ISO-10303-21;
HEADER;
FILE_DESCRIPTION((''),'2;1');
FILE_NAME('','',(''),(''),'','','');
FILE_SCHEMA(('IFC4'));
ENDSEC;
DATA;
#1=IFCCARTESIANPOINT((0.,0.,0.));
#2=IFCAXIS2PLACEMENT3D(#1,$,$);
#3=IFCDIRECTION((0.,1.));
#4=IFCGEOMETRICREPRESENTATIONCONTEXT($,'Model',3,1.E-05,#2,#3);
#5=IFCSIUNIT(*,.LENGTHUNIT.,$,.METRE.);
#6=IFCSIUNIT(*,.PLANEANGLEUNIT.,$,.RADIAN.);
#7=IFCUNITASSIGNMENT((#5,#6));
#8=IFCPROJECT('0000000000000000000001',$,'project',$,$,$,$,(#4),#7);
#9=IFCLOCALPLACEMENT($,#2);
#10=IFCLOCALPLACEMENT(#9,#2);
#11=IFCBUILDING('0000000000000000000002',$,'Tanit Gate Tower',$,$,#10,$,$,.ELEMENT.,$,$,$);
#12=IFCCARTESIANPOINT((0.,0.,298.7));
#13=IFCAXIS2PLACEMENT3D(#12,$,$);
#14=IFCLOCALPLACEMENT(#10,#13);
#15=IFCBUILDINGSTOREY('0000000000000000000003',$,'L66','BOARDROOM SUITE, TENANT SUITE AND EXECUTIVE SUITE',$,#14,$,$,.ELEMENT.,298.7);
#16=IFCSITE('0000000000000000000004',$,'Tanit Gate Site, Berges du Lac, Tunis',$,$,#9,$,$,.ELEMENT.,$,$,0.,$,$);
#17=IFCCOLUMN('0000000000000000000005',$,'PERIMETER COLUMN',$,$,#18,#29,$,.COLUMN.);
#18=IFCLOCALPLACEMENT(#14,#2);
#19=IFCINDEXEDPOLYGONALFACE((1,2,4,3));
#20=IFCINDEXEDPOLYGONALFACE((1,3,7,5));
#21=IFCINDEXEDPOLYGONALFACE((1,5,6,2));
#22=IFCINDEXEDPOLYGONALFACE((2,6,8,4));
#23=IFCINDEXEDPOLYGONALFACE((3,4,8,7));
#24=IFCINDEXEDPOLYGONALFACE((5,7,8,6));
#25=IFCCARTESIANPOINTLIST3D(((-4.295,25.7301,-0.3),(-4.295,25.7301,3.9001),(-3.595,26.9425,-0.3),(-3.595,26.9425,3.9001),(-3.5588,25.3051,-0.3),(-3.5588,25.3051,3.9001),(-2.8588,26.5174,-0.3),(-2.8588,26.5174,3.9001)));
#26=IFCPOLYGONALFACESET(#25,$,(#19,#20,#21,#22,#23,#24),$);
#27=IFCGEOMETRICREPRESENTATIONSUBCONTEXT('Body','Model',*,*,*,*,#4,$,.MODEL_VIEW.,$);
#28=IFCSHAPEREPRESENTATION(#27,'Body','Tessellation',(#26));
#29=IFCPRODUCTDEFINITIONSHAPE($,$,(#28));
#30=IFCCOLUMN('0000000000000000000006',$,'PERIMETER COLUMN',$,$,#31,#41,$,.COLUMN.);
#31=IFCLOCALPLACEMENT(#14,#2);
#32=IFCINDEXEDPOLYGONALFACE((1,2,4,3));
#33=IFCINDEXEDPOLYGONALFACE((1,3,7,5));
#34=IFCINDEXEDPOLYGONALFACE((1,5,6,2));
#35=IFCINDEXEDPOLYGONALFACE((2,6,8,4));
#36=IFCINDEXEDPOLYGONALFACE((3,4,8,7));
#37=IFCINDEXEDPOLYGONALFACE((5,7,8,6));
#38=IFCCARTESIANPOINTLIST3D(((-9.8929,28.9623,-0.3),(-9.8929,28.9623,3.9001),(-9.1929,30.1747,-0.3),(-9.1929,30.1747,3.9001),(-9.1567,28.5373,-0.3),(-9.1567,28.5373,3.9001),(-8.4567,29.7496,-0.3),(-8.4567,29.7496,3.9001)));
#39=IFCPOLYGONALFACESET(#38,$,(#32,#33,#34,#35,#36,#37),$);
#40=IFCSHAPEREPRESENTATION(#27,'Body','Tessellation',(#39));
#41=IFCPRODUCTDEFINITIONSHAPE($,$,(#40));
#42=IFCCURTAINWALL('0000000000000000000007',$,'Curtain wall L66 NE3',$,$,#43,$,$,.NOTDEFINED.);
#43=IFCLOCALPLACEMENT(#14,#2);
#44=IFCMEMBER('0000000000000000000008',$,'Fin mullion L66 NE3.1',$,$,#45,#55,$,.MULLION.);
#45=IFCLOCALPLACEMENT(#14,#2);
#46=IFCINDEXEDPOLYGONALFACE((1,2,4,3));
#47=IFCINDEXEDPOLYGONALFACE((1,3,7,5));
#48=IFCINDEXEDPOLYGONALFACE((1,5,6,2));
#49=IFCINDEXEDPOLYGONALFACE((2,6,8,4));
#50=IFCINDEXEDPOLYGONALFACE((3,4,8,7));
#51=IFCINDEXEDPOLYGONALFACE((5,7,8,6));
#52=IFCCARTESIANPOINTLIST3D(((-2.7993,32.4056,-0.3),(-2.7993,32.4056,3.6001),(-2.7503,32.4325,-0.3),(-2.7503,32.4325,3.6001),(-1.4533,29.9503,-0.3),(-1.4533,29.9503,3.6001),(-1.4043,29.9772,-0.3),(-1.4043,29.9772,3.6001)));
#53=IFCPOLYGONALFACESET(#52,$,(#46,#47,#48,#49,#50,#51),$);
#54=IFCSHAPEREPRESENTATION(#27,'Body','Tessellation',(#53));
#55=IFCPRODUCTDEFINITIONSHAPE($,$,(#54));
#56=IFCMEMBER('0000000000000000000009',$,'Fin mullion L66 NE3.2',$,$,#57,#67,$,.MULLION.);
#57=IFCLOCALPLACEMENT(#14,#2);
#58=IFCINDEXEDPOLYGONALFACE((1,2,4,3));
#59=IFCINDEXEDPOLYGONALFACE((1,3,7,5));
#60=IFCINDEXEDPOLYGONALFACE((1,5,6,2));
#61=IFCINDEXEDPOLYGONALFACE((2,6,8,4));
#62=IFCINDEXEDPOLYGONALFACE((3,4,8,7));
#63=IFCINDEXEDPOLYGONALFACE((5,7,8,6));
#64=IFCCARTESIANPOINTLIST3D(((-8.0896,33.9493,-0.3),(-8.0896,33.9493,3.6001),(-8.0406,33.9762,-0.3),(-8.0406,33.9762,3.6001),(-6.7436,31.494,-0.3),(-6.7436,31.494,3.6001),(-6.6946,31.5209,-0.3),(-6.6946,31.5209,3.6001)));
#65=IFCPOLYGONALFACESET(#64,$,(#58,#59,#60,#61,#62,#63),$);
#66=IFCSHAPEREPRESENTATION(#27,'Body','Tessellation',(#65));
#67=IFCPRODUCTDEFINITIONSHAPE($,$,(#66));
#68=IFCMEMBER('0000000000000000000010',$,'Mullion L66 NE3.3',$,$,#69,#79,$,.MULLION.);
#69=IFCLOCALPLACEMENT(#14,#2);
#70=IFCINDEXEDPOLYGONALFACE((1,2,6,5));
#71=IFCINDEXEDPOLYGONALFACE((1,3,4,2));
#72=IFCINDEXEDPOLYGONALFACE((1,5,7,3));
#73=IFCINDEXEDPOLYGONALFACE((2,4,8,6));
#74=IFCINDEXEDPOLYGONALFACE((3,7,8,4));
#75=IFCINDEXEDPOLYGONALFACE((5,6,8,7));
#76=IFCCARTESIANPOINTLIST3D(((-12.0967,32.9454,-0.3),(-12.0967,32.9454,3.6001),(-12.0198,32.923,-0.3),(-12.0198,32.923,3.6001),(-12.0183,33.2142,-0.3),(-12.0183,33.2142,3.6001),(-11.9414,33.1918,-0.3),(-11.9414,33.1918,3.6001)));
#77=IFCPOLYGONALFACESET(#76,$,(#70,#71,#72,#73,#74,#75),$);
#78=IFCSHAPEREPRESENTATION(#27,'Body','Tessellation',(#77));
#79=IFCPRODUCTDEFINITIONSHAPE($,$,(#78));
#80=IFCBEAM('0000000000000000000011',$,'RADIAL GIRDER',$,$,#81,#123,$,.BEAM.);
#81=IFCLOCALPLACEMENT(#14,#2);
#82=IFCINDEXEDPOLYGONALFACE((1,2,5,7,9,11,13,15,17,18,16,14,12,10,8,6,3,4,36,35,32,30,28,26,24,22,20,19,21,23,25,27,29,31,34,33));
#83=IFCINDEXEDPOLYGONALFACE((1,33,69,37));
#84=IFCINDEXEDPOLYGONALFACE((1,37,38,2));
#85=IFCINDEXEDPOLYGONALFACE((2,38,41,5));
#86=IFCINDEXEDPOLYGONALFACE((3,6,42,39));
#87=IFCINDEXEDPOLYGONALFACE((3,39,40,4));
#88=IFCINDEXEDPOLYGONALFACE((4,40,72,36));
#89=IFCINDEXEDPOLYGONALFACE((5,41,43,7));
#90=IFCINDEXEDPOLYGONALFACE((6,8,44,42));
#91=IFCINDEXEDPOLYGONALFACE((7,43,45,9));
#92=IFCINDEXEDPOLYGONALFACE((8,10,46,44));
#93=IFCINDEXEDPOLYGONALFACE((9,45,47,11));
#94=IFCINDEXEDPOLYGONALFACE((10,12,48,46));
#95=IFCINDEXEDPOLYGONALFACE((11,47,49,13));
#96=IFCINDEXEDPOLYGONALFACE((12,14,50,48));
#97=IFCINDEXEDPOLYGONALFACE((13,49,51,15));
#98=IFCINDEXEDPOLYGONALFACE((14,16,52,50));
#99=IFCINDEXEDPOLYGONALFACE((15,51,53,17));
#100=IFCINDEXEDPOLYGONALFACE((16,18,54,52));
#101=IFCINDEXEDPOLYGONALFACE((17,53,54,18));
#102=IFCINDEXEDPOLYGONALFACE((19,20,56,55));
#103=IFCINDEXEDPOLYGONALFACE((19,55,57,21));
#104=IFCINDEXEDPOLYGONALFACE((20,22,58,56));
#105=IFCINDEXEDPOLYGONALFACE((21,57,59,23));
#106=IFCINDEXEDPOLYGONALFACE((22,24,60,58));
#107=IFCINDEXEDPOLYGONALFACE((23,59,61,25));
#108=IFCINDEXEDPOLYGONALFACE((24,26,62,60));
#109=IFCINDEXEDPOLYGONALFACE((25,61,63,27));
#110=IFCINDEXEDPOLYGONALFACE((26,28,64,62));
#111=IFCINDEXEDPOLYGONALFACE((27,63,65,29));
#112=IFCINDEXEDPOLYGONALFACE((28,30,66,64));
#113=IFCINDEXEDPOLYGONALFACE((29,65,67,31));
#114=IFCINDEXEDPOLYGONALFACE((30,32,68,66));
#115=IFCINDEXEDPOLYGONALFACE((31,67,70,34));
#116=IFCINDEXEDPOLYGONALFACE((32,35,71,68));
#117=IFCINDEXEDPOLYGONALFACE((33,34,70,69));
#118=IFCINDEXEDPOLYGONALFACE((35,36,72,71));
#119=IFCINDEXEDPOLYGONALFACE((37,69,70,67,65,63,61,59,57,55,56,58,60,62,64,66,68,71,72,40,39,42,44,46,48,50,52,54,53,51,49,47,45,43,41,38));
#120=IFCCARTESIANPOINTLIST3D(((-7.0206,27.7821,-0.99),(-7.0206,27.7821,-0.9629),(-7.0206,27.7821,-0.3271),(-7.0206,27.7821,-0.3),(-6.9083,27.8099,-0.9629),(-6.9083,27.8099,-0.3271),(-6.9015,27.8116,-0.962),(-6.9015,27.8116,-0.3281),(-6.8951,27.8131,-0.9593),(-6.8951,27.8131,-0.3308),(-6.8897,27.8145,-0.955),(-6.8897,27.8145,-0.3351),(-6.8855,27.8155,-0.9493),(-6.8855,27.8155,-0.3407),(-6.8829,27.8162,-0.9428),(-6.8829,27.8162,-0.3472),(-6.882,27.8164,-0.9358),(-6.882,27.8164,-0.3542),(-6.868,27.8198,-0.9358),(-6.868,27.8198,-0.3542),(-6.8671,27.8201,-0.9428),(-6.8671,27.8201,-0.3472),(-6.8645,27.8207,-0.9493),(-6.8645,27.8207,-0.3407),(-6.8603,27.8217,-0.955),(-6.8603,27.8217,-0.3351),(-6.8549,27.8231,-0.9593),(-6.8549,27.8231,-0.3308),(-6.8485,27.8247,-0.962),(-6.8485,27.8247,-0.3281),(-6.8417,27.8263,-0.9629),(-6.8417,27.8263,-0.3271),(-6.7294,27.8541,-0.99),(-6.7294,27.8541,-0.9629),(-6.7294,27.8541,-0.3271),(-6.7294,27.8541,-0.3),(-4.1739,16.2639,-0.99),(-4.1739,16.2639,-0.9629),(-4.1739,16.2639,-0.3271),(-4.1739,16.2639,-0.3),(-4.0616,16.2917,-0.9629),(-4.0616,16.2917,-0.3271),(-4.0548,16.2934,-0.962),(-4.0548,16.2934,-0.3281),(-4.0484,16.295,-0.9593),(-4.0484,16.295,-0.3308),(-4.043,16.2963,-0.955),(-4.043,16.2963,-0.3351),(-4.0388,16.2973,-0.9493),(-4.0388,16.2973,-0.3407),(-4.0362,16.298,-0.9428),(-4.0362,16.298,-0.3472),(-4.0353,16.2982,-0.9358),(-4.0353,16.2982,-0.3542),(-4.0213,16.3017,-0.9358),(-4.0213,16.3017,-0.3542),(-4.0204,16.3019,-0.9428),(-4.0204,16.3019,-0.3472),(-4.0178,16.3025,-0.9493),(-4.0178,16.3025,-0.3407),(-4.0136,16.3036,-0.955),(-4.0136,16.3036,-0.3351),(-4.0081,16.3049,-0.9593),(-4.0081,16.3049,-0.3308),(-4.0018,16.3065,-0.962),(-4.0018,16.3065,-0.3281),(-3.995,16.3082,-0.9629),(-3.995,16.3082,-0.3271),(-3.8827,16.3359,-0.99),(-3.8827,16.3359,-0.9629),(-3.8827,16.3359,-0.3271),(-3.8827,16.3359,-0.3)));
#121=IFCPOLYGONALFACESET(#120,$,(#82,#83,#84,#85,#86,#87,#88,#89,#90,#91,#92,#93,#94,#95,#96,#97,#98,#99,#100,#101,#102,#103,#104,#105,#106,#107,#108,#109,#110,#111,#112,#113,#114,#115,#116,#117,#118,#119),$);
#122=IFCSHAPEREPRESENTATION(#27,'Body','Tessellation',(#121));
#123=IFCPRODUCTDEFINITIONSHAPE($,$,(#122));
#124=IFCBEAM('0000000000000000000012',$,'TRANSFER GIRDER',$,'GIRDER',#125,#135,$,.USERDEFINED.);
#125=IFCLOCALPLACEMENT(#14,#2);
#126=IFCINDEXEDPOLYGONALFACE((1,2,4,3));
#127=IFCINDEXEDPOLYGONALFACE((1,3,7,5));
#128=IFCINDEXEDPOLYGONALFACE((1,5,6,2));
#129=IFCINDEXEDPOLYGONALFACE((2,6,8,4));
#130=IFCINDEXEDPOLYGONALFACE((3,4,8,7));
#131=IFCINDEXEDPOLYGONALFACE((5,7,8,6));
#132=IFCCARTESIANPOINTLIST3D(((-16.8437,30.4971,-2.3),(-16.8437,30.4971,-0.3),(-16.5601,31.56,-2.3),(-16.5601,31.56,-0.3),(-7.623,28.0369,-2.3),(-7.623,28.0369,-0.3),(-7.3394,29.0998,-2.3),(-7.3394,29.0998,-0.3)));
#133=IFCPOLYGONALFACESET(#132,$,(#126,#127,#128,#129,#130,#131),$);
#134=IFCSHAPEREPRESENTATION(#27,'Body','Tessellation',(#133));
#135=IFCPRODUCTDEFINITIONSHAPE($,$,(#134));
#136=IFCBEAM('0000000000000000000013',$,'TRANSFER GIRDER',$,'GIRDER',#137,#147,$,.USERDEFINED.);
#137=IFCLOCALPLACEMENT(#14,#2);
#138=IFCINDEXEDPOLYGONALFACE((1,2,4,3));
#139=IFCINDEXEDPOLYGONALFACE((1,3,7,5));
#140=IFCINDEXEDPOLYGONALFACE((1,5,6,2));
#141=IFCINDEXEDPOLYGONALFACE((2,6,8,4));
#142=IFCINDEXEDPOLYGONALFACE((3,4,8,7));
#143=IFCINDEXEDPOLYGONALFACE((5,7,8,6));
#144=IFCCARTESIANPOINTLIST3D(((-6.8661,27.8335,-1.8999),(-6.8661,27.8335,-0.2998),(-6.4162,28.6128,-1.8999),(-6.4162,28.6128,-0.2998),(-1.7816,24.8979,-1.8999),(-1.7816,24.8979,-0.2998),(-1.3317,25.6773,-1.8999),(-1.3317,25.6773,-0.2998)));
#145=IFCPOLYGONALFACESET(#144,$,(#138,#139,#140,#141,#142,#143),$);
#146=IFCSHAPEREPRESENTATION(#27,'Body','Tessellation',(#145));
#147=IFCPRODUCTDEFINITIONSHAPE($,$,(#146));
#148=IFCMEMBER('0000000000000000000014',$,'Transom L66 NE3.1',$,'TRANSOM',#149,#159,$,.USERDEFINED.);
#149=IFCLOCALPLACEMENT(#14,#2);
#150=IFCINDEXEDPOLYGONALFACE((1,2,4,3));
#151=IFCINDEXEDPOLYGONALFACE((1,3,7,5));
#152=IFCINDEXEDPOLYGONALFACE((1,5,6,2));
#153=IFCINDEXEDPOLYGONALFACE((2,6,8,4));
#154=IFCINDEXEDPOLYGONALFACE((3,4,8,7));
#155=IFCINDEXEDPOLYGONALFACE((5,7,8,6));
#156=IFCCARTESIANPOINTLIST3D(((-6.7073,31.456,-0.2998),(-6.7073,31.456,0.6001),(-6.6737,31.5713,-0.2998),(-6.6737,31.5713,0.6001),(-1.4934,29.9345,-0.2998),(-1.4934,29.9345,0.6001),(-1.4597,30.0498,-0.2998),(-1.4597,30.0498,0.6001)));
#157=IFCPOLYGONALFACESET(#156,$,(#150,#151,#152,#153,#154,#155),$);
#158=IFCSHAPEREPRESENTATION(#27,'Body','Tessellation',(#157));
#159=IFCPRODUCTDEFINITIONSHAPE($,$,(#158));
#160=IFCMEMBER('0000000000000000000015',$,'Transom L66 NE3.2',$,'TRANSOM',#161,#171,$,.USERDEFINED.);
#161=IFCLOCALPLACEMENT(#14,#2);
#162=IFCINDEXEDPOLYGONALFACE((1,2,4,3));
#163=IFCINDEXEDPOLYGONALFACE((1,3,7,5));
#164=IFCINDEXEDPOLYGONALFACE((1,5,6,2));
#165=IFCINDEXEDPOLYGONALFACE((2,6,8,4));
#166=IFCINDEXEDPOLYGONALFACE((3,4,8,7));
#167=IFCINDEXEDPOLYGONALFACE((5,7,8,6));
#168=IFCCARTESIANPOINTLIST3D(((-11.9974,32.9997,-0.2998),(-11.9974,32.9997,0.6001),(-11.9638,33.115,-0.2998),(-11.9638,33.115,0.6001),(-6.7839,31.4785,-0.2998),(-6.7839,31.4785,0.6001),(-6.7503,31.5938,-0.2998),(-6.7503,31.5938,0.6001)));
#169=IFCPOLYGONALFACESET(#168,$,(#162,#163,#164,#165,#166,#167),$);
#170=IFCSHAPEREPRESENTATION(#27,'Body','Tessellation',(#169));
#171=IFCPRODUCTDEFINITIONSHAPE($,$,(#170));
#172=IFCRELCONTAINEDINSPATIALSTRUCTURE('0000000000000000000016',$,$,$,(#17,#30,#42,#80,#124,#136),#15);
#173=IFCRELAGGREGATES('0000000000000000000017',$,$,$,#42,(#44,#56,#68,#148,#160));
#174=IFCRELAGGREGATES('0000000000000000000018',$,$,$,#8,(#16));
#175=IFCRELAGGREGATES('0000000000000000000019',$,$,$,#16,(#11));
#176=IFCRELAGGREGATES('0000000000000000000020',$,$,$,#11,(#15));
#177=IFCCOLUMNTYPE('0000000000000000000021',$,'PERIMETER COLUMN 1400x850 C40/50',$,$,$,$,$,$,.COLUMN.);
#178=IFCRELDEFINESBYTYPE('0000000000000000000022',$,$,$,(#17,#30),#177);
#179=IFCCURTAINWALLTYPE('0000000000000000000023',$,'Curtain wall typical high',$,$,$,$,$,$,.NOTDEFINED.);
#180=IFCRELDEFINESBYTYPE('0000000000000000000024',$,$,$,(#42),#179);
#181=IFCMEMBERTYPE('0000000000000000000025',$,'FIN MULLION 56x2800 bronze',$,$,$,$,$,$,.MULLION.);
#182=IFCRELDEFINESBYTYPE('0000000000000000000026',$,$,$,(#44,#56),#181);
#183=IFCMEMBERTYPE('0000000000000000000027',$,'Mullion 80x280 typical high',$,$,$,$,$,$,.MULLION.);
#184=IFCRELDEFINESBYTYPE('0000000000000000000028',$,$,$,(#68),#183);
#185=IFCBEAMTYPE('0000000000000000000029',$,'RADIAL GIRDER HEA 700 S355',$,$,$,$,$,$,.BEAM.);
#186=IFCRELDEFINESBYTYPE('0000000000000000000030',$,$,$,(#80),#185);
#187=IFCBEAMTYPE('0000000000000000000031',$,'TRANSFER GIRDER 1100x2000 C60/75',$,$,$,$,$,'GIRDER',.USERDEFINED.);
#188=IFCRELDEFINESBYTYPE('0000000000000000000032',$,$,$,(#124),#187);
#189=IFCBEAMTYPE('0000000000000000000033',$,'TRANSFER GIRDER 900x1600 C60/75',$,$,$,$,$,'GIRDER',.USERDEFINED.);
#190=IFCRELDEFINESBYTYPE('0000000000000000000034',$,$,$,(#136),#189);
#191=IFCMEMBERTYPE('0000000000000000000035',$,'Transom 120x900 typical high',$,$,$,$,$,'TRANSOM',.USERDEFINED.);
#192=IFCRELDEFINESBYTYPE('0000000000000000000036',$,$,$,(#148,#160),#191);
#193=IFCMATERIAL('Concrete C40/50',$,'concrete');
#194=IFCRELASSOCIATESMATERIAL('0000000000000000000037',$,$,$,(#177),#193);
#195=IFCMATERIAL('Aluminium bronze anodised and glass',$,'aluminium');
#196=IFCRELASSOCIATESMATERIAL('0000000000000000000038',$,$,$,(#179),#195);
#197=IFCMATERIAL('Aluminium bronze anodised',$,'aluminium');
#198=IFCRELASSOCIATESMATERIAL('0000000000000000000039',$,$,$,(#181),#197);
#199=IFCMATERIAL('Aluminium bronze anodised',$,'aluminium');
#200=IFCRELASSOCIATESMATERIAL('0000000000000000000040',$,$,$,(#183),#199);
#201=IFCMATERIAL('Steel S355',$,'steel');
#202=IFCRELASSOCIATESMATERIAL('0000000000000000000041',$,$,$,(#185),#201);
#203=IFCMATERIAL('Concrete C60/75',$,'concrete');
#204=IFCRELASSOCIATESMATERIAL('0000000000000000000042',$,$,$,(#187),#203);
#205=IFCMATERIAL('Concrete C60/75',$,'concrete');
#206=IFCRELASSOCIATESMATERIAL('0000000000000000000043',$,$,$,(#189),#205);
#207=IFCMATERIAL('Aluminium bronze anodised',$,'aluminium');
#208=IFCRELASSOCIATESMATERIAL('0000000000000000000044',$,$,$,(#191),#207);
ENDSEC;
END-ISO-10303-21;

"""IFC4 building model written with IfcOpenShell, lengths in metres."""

from ifc_helpers import new_model, si_unit, direction, frame, origin, origin_2d, place, context, subcontext, project, spatial, rectangle, i_section, extrude, material, material_profile, profile_set, type_object, element, aggregate, save


model = new_model("IFC4")

# Units and contexts
model_context = context("Model", 3, precision=1e-05, world=origin(), true_north=direction((0.0, 1.0)))
body_context = subcontext(model_context, "Body", "Model", "MODEL_VIEW")
ifc_project = project(units=[si_unit("LENGTHUNIT", "METRE"), si_unit("PLANEANGLEUNIT", "RADIAN")], contexts=[model_context])

# Site, building, storey
site_placement = place(None, origin())
site = spatial("IfcSite", under=ifc_project, at=site_placement, Name="Tanit Gate Site, Berges du Lac, Tunis", CompositionType="ELEMENT", RefElevation=0.0)
building_placement = place(site_placement, origin())
building = spatial("IfcBuilding", under=site, at=building_placement, Name="Tanit Gate Tower", CompositionType="ELEMENT")
storey_placement = place(building_placement, frame((0.0, 0.0, 298.7)))
storey = spatial("IfcBuildingStorey", under=building, at=storey_placement, Name="L66", Description="BOARDROOM SUITE, TENANT SUITE AND EXECUTIVE SUITE", CompositionType="ELEMENT", Elevation=298.7)

# Columns
ifc_material_1 = material(Name="Concrete C40/50", Category="concrete")
ifc_material_profile_1 = material_profile(ifc_material_1, rectangle(XDim=1.3999, YDim=0.8501, at=origin_2d()), Name="RC 1400x850")
ifc_profile_set_1 = profile_set([ifc_material_profile_1], Name="Concrete C40/50")
column_type = type_object("IfcColumnType", Name="PERIMETER COLUMN 1400x850 C40/50", PredefinedType="COLUMN", material=ifc_profile_set_1)
for number, where, z_axis, x_axis, name in (
    (1, (-3.5769, 26.1238, -0.3), (0.0, 0.0, 1.0), (0.5, 0.866025, 0.0), "PERIMETER COLUMN"),
    (2, (-9.1748, 29.356, -0.3), (0.0, 0.0, 1.0), (0.5, 0.866025, 0.0), "PERIMETER COLUMN"),
):
    element("IfcColumn", number, at=place(storey_placement, frame(where, z_axis=z_axis, x_axis=x_axis)), inside=storey, type_object=column_type, Name=name, PredefinedType="COLUMN", context=body_context, shape_type="SweptSolid", body=[
        extrude(rectangle(XDim=1.3999, YDim=0.8501, at=origin_2d()), origin(), (0.0, 0.0, 1.0), 4.2002),
    ])

# Curtain wall, members
ifc_material_2 = material(Name="Aluminium bronze anodised and glass", Category="aluminium")
curtain_wall_type = type_object("IfcCurtainWallType", Name="Curtain wall typical high", PredefinedType="NOTDEFINED", material=ifc_material_2)
curtain_wall_placement = place(storey_placement, origin())
curtain_wall = element("IfcCurtainWall", 3, at=curtain_wall_placement, inside=storey, type_object=curtain_wall_type, Name="Curtain wall L66 NE3", PredefinedType="NOTDEFINED")
ifc_material_3 = material(Name="Aluminium bronze anodised", Category="aluminium")
ifc_material_profile_2 = material_profile(ifc_material_3, rectangle(XDim=2.8, YDim=0.0559, at=origin_2d()), Name="56x2800 bronze fin mullion")
ifc_profile_set_2 = profile_set([ifc_material_profile_2], Name="Aluminium bronze anodised")
member_type_1 = type_object("IfcMemberType", Name="FIN MULLION 56x2800 bronze", PredefinedType="MULLION", material=ifc_profile_set_2)
member_1_placement = place(storey_placement, frame((-2.1018, 31.1914, -0.3), z_axis=(0.0, 0.0, 1.0), x_axis=(0.480719, -0.876875, 0.0)))
member_1 = element("IfcMember", 4, at=member_1_placement, type_object=member_type_1, Name="Fin mullion L66 NE3.1", PredefinedType="MULLION", context=body_context, shape_type="SweptSolid", body=[
    extrude(rectangle(XDim=2.8, YDim=0.0559, at=origin_2d()), origin(), (0.0, 0.0, 1.0), 3.9001),
])
member_2_placement = place(storey_placement, frame((-7.3921, 32.7351, -0.3), z_axis=(0.0, 0.0, 1.0), x_axis=(0.480719, -0.876875, 0.0)))
member_2 = element("IfcMember", 5, at=member_2_placement, type_object=member_type_1, Name="Fin mullion L66 NE3.2", PredefinedType="MULLION", context=body_context, shape_type="SweptSolid", body=[
    extrude(rectangle(XDim=2.8, YDim=0.0559, at=origin_2d()), origin(), (0.0, 0.0, 1.0), 3.9001),
])
ifc_material_4 = material(Name="Aluminium bronze anodised", Category="aluminium")
ifc_material_profile_3 = material_profile(ifc_material_4, rectangle(XDim=0.28, YDim=0.0801, at=origin_2d()), Name="80x280 bronze mullion")
ifc_profile_set_3 = profile_set([ifc_material_profile_3], Name="Aluminium bronze anodised")
member_type_2 = type_object("IfcMemberType", Name="Mullion 80x280 typical high", PredefinedType="MULLION", material=ifc_profile_set_3)
member_3_placement = place(storey_placement, frame((-12.019, 33.0686, -0.3), z_axis=(0.0, 0.0, 1.0), x_axis=(-0.280124, -0.959964, 0.0)))
member_3 = element("IfcMember", 6, at=member_3_placement, type_object=member_type_2, Name="Mullion L66 NE3.3", PredefinedType="MULLION", context=body_context, shape_type="SweptSolid", body=[
    extrude(rectangle(XDim=0.28, YDim=0.0801, at=origin_2d()), origin(), (0.0, 0.0, 1.0), 3.9001),
])

# Beams
ifc_material_5 = material(Name="Steel S355", Category="steel")
ifc_material_profile_4 = material_profile(ifc_material_5, i_section(OverallWidth=0.3, OverallDepth=0.6899, WebThickness=0.0144, FlangeThickness=0.0271, FilletRadius=0.0271, at=origin_2d()), Name="HEA 700")
ifc_profile_set_4 = profile_set([ifc_material_profile_4], Name="Steel S355")
beam_type_1 = type_object("IfcBeamType", Name="RADIAL GIRDER HEA 700 S355", PredefinedType="BEAM", material=ifc_profile_set_4)
beam_1_placement = place(storey_placement, frame((-6.875, 27.8181, -0.645), z_axis=(0.23993, -0.97079, 0.0), x_axis=(0.97079, 0.23993, 0.0)))
element("IfcBeam", 7, at=beam_1_placement, inside=storey, type_object=beam_type_1, Name="RADIAL GIRDER", PredefinedType="BEAM", context=body_context, shape_type="SweptSolid", body=[
    extrude(i_section(OverallWidth=0.3, OverallDepth=0.6899, WebThickness=0.0144, FlangeThickness=0.0271, FilletRadius=0.0271, at=origin_2d()), origin(), (0.0, 0.0, 1.0), 11.8647),
])
ifc_material_6 = material(Name="Concrete C60/75", Category="concrete")
ifc_material_profile_5 = material_profile(ifc_material_6, rectangle(XDim=1.1001, YDim=2.0, at=origin_2d()), Name="RC 1100x2000")
ifc_profile_set_5 = profile_set([ifc_material_profile_5], Name="Concrete C60/75")
beam_type_2 = type_object("IfcBeamType", Name="TRANSFER GIRDER 1100x2000 C60/75", ElementType="GIRDER", PredefinedType="USERDEFINED", material=ifc_profile_set_5)
beam_2_placement = place(storey_placement, frame((-7.4812, 28.5684, -1.3), z_axis=(-0.9662, 0.257795, 0.0), x_axis=(-0.257795, -0.9662, 0.0)))
element("IfcBeam", 8, at=beam_2_placement, inside=storey, type_object=beam_type_2, Name="TRANSFER GIRDER", ObjectType="GIRDER", PredefinedType="USERDEFINED", context=body_context, shape_type="SweptSolid", body=[
    extrude(rectangle(XDim=1.1001, YDim=2.0, at=origin_2d()), origin(), (0.0, 0.0, 1.0), 9.5432),
])
ifc_material_7 = material(Name="Concrete C60/75", Category="concrete")
ifc_material_profile_6 = material_profile(ifc_material_7, rectangle(XDim=0.8999, YDim=1.6001, at=origin_2d()), Name="RC 900x1600")
ifc_profile_set_6 = profile_set([ifc_material_profile_6], Name="Concrete C60/75")
beam_type_3 = type_object("IfcBeamType", Name="TRANSFER GIRDER 900x1600 C60/75", ElementType="GIRDER", PredefinedType="USERDEFINED", material=ifc_profile_set_6)
beam_3_placement = place(storey_placement, frame((-1.5566, 25.2876, -1.0999), z_axis=(-0.866024, 0.500003, 0.0), x_axis=(-0.500003, -0.866024, 0.0)))
element("IfcBeam", 9, at=beam_3_placement, inside=storey, type_object=beam_type_3, Name="TRANSFER GIRDER", ObjectType="GIRDER", PredefinedType="USERDEFINED", context=body_context, shape_type="SweptSolid", body=[
    extrude(rectangle(XDim=0.8999, YDim=1.6001, at=origin_2d()), origin(), (0.0, 0.0, 1.0), 5.8711),
])

# Members
ifc_material_8 = material(Name="Aluminium bronze anodised", Category="aluminium")
ifc_material_profile_7 = material_profile(ifc_material_8, rectangle(XDim=0.1201, YDim=0.8999, at=origin_2d()), Name="120x900 bronze transom")
ifc_profile_set_7 = profile_set([ifc_material_profile_7], Name="Aluminium bronze anodised")
member_type_3 = type_object("IfcMemberType", Name="Transom 120x900 typical high", ElementType="TRANSOM", PredefinedType="USERDEFINED", material=ifc_profile_set_7)
member_4_placement = place(storey_placement, frame((-1.4766, 29.9922, 0.1501), z_axis=(-0.959962, 0.280131, 0.0), x_axis=(-0.280131, -0.959962, 0.0)))
member_4 = element("IfcMember", 10, at=member_4_placement, type_object=member_type_3, Name="Transom L66 NE3.1", ObjectType="TRANSOM", PredefinedType="USERDEFINED", context=body_context, shape_type="SweptSolid", body=[
    extrude(rectangle(XDim=0.1201, YDim=0.8999, at=origin_2d()), origin(), (0.0, 0.0, 1.0), 5.4314),
])
member_5_placement = place(storey_placement, frame((-6.7671, 31.5361, 0.1501), z_axis=(-0.95997, 0.280102, 0.0), x_axis=(-0.280102, -0.95997, 0.0)))
member_5 = element("IfcMember", 11, at=member_5_placement, type_object=member_type_3, Name="Transom L66 NE3.2", ObjectType="TRANSOM", PredefinedType="USERDEFINED", context=body_context, shape_type="SweptSolid", body=[
    extrude(rectangle(XDim=0.1201, YDim=0.8999, at=origin_2d()), origin(), (0.0, 0.0, 1.0), 5.4309),
])

aggregate(curtain_wall, [member_1, member_2, member_3, member_4, member_5])

save(model, "model.ifc")
